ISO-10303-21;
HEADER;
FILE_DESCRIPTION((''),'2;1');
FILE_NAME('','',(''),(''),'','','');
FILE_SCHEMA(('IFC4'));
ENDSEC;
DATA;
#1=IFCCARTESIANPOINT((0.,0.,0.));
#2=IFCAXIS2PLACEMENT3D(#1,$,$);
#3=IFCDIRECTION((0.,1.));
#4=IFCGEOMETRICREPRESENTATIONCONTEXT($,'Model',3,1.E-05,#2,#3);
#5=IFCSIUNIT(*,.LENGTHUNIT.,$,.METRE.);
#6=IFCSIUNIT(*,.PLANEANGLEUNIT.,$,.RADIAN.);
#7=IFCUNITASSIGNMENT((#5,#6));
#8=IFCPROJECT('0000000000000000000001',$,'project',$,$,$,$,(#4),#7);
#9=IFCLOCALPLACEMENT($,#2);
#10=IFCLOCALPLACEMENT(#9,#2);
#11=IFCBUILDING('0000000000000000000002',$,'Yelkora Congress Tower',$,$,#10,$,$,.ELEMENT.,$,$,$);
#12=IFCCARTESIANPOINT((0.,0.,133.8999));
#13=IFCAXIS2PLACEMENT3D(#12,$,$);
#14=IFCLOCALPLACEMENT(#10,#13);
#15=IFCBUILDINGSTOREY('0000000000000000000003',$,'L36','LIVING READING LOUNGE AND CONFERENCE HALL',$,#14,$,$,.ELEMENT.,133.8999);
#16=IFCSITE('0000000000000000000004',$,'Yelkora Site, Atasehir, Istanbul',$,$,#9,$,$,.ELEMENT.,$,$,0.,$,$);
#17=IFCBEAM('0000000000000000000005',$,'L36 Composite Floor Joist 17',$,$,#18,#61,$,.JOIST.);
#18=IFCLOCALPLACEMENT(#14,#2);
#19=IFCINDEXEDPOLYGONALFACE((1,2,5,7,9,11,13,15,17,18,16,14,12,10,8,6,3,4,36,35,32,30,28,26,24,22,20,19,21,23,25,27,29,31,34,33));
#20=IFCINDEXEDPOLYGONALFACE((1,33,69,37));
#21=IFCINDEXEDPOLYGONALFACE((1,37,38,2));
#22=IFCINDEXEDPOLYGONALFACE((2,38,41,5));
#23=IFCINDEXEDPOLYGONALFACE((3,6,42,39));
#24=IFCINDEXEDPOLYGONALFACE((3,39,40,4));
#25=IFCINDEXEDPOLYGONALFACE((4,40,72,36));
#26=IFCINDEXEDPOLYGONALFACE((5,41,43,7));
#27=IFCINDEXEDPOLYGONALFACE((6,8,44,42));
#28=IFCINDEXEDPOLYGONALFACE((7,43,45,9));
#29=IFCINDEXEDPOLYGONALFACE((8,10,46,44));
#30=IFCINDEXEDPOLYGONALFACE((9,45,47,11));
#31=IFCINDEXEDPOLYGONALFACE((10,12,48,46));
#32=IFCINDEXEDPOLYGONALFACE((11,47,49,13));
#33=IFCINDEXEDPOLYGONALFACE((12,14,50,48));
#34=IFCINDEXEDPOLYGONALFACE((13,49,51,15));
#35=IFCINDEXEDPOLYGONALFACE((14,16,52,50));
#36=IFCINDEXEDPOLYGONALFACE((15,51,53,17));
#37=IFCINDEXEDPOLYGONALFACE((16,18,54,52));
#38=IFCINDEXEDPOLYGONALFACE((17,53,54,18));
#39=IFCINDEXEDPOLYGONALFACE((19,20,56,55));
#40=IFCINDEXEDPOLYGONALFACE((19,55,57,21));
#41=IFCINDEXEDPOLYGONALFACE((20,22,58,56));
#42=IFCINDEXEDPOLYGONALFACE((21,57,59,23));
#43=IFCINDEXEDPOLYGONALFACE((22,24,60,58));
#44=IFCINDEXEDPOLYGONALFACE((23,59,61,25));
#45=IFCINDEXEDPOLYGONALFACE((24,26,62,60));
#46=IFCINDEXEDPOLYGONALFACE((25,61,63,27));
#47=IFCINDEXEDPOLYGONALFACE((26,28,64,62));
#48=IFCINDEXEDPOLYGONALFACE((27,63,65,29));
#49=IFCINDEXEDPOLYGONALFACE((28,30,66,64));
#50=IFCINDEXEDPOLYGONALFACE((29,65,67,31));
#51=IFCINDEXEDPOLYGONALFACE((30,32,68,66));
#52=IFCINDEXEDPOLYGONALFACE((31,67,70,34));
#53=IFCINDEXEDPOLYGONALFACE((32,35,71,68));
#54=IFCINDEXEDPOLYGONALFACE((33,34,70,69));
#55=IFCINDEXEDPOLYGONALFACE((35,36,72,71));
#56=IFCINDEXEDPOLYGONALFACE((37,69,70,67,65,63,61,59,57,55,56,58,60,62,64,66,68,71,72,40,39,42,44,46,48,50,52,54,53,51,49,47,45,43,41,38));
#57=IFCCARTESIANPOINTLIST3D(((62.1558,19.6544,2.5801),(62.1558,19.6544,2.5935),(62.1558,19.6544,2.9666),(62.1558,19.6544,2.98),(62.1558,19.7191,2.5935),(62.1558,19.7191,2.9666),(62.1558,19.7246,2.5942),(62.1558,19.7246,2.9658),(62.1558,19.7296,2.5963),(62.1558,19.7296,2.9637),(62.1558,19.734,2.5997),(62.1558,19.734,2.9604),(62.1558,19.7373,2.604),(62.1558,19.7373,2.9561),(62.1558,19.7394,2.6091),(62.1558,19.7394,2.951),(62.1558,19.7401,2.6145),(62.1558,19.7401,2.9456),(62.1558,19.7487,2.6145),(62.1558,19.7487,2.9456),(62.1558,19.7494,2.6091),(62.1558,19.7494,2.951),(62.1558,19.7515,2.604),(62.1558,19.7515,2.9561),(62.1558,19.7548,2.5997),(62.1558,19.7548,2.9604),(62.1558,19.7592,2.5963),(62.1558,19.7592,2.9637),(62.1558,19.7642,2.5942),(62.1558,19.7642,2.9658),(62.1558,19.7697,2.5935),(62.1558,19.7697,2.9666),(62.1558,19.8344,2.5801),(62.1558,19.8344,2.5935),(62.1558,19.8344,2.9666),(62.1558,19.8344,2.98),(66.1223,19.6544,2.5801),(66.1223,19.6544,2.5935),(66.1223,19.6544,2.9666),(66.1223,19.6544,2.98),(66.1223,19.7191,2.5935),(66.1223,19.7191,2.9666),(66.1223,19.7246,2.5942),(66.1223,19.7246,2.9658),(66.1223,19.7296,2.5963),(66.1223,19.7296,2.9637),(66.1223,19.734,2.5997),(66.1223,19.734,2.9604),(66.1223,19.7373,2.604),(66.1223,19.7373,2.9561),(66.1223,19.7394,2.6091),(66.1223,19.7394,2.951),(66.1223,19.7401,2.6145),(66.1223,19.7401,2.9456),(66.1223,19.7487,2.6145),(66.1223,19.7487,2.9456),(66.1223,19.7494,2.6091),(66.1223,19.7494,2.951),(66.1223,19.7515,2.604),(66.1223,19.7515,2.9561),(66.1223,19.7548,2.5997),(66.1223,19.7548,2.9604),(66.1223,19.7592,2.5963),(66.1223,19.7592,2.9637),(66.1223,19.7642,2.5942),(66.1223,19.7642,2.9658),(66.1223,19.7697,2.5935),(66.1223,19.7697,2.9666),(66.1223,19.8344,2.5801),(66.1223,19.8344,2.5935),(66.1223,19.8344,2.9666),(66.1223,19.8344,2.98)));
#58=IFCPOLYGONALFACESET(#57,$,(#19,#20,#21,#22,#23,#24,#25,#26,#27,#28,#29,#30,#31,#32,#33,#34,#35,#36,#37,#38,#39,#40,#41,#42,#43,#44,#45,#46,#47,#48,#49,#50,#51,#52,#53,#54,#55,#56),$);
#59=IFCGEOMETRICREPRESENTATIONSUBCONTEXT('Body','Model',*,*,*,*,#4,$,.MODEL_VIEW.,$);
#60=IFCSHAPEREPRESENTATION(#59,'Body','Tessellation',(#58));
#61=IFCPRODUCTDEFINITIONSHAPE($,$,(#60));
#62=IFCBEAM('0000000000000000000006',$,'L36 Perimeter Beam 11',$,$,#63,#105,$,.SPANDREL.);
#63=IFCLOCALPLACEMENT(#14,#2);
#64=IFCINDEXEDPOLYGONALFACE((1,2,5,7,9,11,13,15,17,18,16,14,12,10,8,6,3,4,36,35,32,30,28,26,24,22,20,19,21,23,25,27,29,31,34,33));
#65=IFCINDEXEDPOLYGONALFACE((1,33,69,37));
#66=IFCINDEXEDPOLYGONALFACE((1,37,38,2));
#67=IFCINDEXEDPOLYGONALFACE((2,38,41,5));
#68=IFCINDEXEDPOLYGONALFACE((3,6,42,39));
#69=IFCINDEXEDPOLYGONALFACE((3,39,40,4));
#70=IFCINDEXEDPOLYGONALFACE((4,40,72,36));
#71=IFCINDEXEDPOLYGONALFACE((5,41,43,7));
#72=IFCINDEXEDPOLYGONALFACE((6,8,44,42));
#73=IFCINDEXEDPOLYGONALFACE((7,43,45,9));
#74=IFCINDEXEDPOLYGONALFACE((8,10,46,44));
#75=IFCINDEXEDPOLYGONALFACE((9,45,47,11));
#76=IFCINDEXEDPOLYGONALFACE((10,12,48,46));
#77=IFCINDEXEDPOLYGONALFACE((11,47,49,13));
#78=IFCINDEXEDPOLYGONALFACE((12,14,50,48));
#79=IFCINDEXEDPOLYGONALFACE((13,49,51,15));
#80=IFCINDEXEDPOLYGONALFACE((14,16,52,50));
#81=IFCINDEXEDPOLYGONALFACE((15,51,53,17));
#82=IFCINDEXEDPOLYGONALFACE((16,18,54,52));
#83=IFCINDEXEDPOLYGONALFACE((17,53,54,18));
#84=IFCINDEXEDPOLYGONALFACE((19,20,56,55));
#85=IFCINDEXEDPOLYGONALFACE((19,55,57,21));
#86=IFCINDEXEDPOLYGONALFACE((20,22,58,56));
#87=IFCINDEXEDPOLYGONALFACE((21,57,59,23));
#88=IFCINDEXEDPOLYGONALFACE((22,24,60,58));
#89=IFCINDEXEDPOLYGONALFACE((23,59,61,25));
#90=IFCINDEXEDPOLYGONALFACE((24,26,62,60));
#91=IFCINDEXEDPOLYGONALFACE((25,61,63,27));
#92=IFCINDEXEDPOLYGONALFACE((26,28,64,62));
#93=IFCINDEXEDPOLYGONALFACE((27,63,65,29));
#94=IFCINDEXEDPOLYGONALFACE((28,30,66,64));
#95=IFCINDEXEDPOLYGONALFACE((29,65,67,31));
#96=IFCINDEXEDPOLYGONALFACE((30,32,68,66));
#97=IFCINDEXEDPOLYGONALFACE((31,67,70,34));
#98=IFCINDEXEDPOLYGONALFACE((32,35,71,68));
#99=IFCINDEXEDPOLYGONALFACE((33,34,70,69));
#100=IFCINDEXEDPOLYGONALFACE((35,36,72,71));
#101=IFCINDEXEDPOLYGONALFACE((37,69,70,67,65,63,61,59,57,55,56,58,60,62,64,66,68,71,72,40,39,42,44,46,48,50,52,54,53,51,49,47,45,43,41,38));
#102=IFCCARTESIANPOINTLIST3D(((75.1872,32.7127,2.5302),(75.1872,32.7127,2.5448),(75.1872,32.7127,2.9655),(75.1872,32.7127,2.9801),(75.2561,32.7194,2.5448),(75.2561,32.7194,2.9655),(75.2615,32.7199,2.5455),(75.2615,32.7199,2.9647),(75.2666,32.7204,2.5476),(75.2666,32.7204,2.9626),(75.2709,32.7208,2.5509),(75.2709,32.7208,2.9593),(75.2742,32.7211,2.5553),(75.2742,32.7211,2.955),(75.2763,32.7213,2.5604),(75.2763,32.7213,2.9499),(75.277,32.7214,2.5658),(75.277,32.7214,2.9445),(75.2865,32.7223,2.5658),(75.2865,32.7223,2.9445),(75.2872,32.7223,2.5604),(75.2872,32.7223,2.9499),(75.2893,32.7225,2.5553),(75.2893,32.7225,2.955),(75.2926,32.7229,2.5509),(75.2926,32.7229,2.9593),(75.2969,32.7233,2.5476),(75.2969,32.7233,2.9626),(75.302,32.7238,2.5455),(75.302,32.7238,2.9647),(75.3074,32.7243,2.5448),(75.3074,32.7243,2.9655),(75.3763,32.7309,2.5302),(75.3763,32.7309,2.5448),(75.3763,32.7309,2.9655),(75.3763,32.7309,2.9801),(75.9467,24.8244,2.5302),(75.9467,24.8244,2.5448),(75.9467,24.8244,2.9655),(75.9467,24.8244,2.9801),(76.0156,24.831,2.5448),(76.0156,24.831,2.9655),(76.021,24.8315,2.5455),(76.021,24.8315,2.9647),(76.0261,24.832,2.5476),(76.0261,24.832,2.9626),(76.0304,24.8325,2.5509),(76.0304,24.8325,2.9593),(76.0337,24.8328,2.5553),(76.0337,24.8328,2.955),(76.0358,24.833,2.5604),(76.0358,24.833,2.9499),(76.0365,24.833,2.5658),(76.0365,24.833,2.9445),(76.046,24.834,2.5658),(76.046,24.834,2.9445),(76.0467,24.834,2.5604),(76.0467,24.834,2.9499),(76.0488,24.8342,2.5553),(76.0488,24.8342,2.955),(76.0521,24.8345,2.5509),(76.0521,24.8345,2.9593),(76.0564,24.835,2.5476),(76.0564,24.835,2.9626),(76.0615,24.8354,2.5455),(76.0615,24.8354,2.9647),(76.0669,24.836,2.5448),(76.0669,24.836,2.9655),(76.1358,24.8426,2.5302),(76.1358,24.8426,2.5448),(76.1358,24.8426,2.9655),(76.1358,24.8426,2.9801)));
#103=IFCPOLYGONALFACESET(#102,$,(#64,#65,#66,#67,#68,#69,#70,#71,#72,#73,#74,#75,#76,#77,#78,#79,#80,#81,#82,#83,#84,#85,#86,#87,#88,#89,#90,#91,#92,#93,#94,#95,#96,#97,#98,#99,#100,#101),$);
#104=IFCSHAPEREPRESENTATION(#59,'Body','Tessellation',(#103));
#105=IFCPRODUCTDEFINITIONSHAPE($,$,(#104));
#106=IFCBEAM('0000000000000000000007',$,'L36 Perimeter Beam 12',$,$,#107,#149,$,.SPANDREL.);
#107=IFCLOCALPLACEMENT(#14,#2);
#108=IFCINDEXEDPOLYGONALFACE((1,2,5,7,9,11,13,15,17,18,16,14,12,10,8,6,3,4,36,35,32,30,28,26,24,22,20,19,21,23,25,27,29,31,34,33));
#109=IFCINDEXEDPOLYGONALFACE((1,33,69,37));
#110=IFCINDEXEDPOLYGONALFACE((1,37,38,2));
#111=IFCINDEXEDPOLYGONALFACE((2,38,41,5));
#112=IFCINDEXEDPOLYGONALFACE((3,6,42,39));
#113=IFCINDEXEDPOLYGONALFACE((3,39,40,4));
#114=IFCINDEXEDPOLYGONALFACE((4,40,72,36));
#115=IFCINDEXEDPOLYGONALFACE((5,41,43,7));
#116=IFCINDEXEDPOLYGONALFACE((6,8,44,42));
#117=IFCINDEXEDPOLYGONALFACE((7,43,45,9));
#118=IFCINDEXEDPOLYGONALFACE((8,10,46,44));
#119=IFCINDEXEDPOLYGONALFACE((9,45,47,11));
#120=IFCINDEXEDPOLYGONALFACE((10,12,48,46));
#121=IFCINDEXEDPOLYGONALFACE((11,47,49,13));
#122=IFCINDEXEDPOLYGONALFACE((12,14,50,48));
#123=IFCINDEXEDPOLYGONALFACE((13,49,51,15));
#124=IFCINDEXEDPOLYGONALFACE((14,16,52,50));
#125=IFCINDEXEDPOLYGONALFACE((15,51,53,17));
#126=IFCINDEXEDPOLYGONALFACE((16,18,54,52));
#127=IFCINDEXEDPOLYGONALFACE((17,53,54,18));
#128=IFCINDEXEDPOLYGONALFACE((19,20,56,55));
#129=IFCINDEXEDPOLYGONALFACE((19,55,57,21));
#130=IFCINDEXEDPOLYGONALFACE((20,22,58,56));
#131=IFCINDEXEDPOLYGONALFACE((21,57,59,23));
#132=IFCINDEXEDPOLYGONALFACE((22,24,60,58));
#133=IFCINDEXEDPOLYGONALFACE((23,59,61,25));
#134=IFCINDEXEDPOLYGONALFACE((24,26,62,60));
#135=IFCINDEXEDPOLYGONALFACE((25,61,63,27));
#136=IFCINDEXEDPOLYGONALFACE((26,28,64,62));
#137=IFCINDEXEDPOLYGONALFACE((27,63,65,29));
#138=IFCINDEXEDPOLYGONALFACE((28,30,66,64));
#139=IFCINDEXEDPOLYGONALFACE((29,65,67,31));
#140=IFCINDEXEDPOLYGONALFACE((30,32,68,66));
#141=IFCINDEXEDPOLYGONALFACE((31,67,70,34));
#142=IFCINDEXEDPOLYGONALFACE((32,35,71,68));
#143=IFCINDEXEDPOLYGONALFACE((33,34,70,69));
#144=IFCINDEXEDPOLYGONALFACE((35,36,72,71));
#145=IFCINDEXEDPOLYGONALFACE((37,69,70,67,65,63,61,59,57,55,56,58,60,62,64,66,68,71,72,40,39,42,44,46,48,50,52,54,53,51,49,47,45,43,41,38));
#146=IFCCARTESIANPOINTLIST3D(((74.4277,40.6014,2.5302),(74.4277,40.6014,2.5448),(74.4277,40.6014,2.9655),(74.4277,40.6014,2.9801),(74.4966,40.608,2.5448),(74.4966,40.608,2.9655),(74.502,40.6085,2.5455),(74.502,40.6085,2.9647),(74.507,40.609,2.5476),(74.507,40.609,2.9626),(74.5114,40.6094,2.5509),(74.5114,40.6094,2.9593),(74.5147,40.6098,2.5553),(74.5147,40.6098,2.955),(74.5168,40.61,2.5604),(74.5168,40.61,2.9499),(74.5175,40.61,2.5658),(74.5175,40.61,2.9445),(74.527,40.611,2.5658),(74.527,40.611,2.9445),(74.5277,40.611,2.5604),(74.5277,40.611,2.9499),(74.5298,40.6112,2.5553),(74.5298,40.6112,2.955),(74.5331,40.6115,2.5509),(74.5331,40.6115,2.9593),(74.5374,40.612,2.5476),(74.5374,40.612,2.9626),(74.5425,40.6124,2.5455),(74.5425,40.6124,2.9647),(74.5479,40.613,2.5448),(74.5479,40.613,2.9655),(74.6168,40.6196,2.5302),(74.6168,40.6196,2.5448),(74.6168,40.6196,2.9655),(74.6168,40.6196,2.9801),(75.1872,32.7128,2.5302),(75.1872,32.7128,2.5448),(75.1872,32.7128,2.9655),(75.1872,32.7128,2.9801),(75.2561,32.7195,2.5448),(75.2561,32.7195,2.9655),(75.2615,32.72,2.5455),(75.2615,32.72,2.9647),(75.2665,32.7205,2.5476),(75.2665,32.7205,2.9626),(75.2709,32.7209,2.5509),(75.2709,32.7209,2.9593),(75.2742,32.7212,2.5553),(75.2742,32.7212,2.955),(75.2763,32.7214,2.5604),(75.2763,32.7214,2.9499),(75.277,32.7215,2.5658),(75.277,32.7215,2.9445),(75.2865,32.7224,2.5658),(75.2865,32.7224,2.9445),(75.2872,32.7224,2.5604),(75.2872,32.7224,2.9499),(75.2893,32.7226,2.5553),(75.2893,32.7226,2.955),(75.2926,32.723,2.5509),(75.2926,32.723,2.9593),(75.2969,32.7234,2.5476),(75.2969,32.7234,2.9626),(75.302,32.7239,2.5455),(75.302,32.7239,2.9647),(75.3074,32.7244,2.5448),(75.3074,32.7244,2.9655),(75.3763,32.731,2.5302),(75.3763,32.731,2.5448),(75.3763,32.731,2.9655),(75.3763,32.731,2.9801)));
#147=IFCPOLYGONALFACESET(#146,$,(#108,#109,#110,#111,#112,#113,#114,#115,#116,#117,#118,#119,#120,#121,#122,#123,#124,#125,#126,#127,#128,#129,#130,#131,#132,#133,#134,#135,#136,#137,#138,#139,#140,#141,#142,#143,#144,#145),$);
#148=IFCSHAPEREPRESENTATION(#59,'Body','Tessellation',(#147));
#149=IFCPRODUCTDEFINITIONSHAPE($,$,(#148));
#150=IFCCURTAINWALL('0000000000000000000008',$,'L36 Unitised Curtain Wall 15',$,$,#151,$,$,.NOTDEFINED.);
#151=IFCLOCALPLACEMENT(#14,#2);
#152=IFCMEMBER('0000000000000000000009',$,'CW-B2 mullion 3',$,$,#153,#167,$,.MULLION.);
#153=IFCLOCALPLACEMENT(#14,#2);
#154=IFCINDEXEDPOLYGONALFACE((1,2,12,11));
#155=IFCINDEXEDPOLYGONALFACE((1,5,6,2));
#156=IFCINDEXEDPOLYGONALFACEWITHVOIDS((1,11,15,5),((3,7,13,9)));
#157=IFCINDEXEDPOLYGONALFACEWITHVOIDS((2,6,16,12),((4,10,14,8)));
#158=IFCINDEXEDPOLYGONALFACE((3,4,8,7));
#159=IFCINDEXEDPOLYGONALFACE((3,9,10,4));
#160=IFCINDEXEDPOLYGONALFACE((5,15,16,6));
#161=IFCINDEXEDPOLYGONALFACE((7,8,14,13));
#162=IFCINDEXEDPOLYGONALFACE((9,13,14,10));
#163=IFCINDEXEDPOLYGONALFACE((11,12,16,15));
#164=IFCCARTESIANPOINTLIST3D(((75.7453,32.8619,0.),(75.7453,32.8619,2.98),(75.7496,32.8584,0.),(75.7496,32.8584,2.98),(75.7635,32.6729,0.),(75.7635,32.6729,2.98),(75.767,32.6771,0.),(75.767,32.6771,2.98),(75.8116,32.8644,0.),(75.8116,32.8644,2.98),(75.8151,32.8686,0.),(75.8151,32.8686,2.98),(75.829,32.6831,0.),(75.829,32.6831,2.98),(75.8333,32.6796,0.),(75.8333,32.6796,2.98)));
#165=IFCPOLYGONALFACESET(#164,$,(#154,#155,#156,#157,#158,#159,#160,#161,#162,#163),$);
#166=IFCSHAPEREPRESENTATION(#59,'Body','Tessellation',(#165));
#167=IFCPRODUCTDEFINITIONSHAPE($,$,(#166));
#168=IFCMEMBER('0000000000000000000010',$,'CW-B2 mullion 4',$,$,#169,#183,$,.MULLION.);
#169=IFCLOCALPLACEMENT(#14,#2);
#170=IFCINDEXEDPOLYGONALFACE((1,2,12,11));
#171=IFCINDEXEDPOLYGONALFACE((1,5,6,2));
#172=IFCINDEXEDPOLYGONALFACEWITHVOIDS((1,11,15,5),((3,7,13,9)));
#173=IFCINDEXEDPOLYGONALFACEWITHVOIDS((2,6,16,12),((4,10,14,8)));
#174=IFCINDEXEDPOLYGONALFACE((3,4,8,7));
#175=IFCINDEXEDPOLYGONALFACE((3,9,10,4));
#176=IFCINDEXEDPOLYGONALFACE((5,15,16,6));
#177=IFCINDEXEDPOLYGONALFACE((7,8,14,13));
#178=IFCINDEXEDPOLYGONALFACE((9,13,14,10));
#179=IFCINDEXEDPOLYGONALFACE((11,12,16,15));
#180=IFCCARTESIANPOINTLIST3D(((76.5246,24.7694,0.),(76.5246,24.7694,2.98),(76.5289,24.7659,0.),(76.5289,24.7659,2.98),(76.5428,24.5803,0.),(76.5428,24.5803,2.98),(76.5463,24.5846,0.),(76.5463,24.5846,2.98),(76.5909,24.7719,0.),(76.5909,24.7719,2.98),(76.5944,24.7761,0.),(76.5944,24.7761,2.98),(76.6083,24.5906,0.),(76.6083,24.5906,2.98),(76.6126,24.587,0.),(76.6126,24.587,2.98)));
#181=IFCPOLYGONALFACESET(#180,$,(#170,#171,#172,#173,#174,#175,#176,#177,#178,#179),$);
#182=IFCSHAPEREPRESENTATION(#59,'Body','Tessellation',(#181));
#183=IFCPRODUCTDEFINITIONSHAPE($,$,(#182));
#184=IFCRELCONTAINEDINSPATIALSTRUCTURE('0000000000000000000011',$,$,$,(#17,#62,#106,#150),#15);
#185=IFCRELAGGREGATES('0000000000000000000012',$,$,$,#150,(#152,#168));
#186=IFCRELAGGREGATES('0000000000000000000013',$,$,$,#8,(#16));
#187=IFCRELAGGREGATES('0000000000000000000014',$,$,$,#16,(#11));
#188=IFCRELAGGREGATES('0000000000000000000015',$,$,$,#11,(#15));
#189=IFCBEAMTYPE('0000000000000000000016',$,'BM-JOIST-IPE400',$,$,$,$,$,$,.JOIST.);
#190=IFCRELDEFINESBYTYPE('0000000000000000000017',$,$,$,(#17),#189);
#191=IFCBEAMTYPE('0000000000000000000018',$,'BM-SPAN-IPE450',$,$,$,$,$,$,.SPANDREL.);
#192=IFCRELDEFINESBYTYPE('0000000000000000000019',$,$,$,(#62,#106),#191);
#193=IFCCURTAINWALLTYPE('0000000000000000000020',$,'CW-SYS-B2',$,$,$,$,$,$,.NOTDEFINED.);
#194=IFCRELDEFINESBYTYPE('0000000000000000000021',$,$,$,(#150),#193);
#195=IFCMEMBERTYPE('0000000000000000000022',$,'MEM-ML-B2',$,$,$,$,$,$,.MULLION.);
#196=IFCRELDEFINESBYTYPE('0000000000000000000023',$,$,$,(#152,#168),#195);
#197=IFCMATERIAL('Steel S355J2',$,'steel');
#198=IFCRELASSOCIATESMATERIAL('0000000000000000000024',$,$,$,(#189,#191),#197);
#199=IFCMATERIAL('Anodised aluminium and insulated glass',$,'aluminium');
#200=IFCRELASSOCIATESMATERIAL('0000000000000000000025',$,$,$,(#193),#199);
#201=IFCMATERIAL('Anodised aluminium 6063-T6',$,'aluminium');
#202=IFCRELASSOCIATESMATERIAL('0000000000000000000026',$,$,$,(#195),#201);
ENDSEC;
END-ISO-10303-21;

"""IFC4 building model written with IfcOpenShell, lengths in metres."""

from ifc_helpers import new_model, si_unit, direction, frame, origin, origin_2d, place, context, subcontext, project, spatial, hollow_rectangle, i_section, extrude, material, material_profile, profile_set, type_object, element, aggregate, save


model = new_model("IFC4")

# Units and contexts
model_context = context("Model", 3, precision=1e-05, world=origin(), true_north=direction((0.0, 1.0)))
body_context = subcontext(model_context, "Body", "Model", "MODEL_VIEW")
ifc_project = project(units=[si_unit("LENGTHUNIT", "METRE"), si_unit("PLANEANGLEUNIT", "RADIAN")], contexts=[model_context])

# Site, building, storey
site_placement = place(None, origin())
site = spatial("IfcSite", under=ifc_project, at=site_placement, Name="Yelkora Site, Atasehir, Istanbul", CompositionType="ELEMENT", RefElevation=0.0)
building_placement = place(site_placement, origin())
building = spatial("IfcBuilding", under=site, at=building_placement, Name="Yelkora Congress Tower", CompositionType="ELEMENT")
storey_placement = place(building_placement, frame((0.0, 0.0, 133.8999)))
storey = spatial("IfcBuildingStorey", under=building, at=storey_placement, Name="L36", Description="LIVING READING LOUNGE AND CONFERENCE HALL", CompositionType="ELEMENT", Elevation=133.8999)

# Beams
ifc_material_1 = material(Name="Steel S355J2", Category="steel")
ifc_material_profile_1 = material_profile(ifc_material_1, i_section(OverallWidth=0.1799, OverallDepth=0.3999, WebThickness=0.0085, FlangeThickness=0.0134, FilletRadius=0.021, at=origin_2d()), Name="IPE 400")
ifc_profile_set_1 = profile_set([ifc_material_profile_1], Name="Steel S355J2")
beam_type_1 = type_object("IfcBeamType", Name="BM-JOIST-IPE400", PredefinedType="JOIST", material=ifc_profile_set_1)
beam_1_placement = place(storey_placement, frame((62.1558, 19.7444, 2.78), z_axis=(1.0, 0.0, 0.0), x_axis=(0.0, 1.0, 0.0)))
element("IfcBeam", 1, at=beam_1_placement, inside=storey, type_object=beam_type_1, Name="L36 Composite Floor Joist 17", PredefinedType="JOIST", context=body_context, shape_type="SweptSolid", body=[
    extrude(i_section(OverallWidth=0.1799, OverallDepth=0.3999, WebThickness=0.0085, FlangeThickness=0.0134, FilletRadius=0.021, at=origin_2d()), origin(), (0.0, 0.0, 1.0), 3.9666),
])
ifc_material_profile_2 = material_profile(ifc_material_1, i_section(OverallWidth=0.1899, OverallDepth=0.45, WebThickness=0.0095, FlangeThickness=0.0146, FilletRadius=0.021, at=origin_2d()), Name="IPE 450")
ifc_profile_set_2 = profile_set([ifc_material_profile_2], Name="Steel S355J2")
beam_type_2 = type_object("IfcBeamType", Name="BM-SPAN-IPE450", PredefinedType="SPANDREL", material=ifc_profile_set_2)
beam_2_placement = place(storey_placement, frame((76.0413, 24.8335, 2.7551), z_axis=(-0.09584, 0.995397, 0.0), x_axis=(-0.995397, -0.09584, 0.0)))
element("IfcBeam", 2, at=beam_2_placement, inside=storey, type_object=beam_type_2, Name="L36 Perimeter Beam 11", PredefinedType="SPANDREL", context=body_context, shape_type="SweptSolid", body=[
    extrude(i_section(OverallWidth=0.1899, OverallDepth=0.45, WebThickness=0.0095, FlangeThickness=0.0146, FilletRadius=0.021, at=origin_2d()), origin(), (0.0, 0.0, 1.0), 7.9248),
])
beam_3_placement = place(storey_placement, frame((75.2817, 32.7219, 2.7551), z_axis=(-0.095837, 0.995397, 0.0), x_axis=(-0.995397, -0.095837, 0.0)))
element("IfcBeam", 3, at=beam_3_placement, inside=storey, type_object=beam_type_2, Name="L36 Perimeter Beam 12", PredefinedType="SPANDREL", context=body_context, shape_type="SweptSolid", body=[
    extrude(i_section(OverallWidth=0.1899, OverallDepth=0.45, WebThickness=0.0095, FlangeThickness=0.0146, FilletRadius=0.021, at=origin_2d()), origin(), (0.0, 0.0, 1.0), 7.925),
])

# Curtain wall, members
ifc_material_2 = material(Name="Anodised aluminium and insulated glass", Category="aluminium")
curtain_wall_type = type_object("IfcCurtainWallType", Name="CW-SYS-B2", PredefinedType="NOTDEFINED", material=ifc_material_2)
curtain_wall_placement = place(storey_placement, origin())
curtain_wall = element("IfcCurtainWall", 4, at=curtain_wall_placement, inside=storey, type_object=curtain_wall_type, Name="L36 Unitised Curtain Wall 15", PredefinedType="NOTDEFINED")
ifc_material_3 = material(Name="Anodised aluminium 6063-T6", Category="aluminium")
ifc_material_profile_3 = material_profile(ifc_material_3, hollow_rectangle(XDim=0.0701, YDim=0.1899, WallThickness=0.0039, at=origin_2d()), Name="ALU 70x190x4")
ifc_profile_set_3 = profile_set([ifc_material_profile_3], Name="Anodised aluminium 6063-T6")
member_type_1 = type_object("IfcMemberType", Name="MEM-ML-B2", PredefinedType="MULLION", material=ifc_profile_set_3)
member_1_placement = place(storey_placement, frame((75.7893, 32.7708, 0.0), z_axis=(0.0, 0.0, 1.0), x_axis=(0.995397, 0.095843, 0.0)))
member_1 = element("IfcMember", 5, at=member_1_placement, type_object=member_type_1, Name="CW-B2 mullion 3", PredefinedType="MULLION", context=body_context, shape_type="SweptSolid", body=[
    extrude(hollow_rectangle(XDim=0.0701, YDim=0.1899, WallThickness=0.0039, at=origin_2d()), origin(), (0.0, 0.0, 1.0), 2.98),
])
member_2_placement = place(storey_placement, frame((76.5686, 24.6782, 0.0), z_axis=(0.0, 0.0, 1.0), x_axis=(0.995397, 0.095843, 0.0)))
member_2 = element("IfcMember", 6, at=member_2_placement, type_object=member_type_1, Name="CW-B2 mullion 4", PredefinedType="MULLION", context=body_context, shape_type="SweptSolid", body=[
    extrude(hollow_rectangle(XDim=0.0701, YDim=0.1899, WallThickness=0.0039, at=origin_2d()), origin(), (0.0, 0.0, 1.0), 2.98),
])
aggregate(curtain_wall, [member_1, member_2])

save(model, "model.ifc")
